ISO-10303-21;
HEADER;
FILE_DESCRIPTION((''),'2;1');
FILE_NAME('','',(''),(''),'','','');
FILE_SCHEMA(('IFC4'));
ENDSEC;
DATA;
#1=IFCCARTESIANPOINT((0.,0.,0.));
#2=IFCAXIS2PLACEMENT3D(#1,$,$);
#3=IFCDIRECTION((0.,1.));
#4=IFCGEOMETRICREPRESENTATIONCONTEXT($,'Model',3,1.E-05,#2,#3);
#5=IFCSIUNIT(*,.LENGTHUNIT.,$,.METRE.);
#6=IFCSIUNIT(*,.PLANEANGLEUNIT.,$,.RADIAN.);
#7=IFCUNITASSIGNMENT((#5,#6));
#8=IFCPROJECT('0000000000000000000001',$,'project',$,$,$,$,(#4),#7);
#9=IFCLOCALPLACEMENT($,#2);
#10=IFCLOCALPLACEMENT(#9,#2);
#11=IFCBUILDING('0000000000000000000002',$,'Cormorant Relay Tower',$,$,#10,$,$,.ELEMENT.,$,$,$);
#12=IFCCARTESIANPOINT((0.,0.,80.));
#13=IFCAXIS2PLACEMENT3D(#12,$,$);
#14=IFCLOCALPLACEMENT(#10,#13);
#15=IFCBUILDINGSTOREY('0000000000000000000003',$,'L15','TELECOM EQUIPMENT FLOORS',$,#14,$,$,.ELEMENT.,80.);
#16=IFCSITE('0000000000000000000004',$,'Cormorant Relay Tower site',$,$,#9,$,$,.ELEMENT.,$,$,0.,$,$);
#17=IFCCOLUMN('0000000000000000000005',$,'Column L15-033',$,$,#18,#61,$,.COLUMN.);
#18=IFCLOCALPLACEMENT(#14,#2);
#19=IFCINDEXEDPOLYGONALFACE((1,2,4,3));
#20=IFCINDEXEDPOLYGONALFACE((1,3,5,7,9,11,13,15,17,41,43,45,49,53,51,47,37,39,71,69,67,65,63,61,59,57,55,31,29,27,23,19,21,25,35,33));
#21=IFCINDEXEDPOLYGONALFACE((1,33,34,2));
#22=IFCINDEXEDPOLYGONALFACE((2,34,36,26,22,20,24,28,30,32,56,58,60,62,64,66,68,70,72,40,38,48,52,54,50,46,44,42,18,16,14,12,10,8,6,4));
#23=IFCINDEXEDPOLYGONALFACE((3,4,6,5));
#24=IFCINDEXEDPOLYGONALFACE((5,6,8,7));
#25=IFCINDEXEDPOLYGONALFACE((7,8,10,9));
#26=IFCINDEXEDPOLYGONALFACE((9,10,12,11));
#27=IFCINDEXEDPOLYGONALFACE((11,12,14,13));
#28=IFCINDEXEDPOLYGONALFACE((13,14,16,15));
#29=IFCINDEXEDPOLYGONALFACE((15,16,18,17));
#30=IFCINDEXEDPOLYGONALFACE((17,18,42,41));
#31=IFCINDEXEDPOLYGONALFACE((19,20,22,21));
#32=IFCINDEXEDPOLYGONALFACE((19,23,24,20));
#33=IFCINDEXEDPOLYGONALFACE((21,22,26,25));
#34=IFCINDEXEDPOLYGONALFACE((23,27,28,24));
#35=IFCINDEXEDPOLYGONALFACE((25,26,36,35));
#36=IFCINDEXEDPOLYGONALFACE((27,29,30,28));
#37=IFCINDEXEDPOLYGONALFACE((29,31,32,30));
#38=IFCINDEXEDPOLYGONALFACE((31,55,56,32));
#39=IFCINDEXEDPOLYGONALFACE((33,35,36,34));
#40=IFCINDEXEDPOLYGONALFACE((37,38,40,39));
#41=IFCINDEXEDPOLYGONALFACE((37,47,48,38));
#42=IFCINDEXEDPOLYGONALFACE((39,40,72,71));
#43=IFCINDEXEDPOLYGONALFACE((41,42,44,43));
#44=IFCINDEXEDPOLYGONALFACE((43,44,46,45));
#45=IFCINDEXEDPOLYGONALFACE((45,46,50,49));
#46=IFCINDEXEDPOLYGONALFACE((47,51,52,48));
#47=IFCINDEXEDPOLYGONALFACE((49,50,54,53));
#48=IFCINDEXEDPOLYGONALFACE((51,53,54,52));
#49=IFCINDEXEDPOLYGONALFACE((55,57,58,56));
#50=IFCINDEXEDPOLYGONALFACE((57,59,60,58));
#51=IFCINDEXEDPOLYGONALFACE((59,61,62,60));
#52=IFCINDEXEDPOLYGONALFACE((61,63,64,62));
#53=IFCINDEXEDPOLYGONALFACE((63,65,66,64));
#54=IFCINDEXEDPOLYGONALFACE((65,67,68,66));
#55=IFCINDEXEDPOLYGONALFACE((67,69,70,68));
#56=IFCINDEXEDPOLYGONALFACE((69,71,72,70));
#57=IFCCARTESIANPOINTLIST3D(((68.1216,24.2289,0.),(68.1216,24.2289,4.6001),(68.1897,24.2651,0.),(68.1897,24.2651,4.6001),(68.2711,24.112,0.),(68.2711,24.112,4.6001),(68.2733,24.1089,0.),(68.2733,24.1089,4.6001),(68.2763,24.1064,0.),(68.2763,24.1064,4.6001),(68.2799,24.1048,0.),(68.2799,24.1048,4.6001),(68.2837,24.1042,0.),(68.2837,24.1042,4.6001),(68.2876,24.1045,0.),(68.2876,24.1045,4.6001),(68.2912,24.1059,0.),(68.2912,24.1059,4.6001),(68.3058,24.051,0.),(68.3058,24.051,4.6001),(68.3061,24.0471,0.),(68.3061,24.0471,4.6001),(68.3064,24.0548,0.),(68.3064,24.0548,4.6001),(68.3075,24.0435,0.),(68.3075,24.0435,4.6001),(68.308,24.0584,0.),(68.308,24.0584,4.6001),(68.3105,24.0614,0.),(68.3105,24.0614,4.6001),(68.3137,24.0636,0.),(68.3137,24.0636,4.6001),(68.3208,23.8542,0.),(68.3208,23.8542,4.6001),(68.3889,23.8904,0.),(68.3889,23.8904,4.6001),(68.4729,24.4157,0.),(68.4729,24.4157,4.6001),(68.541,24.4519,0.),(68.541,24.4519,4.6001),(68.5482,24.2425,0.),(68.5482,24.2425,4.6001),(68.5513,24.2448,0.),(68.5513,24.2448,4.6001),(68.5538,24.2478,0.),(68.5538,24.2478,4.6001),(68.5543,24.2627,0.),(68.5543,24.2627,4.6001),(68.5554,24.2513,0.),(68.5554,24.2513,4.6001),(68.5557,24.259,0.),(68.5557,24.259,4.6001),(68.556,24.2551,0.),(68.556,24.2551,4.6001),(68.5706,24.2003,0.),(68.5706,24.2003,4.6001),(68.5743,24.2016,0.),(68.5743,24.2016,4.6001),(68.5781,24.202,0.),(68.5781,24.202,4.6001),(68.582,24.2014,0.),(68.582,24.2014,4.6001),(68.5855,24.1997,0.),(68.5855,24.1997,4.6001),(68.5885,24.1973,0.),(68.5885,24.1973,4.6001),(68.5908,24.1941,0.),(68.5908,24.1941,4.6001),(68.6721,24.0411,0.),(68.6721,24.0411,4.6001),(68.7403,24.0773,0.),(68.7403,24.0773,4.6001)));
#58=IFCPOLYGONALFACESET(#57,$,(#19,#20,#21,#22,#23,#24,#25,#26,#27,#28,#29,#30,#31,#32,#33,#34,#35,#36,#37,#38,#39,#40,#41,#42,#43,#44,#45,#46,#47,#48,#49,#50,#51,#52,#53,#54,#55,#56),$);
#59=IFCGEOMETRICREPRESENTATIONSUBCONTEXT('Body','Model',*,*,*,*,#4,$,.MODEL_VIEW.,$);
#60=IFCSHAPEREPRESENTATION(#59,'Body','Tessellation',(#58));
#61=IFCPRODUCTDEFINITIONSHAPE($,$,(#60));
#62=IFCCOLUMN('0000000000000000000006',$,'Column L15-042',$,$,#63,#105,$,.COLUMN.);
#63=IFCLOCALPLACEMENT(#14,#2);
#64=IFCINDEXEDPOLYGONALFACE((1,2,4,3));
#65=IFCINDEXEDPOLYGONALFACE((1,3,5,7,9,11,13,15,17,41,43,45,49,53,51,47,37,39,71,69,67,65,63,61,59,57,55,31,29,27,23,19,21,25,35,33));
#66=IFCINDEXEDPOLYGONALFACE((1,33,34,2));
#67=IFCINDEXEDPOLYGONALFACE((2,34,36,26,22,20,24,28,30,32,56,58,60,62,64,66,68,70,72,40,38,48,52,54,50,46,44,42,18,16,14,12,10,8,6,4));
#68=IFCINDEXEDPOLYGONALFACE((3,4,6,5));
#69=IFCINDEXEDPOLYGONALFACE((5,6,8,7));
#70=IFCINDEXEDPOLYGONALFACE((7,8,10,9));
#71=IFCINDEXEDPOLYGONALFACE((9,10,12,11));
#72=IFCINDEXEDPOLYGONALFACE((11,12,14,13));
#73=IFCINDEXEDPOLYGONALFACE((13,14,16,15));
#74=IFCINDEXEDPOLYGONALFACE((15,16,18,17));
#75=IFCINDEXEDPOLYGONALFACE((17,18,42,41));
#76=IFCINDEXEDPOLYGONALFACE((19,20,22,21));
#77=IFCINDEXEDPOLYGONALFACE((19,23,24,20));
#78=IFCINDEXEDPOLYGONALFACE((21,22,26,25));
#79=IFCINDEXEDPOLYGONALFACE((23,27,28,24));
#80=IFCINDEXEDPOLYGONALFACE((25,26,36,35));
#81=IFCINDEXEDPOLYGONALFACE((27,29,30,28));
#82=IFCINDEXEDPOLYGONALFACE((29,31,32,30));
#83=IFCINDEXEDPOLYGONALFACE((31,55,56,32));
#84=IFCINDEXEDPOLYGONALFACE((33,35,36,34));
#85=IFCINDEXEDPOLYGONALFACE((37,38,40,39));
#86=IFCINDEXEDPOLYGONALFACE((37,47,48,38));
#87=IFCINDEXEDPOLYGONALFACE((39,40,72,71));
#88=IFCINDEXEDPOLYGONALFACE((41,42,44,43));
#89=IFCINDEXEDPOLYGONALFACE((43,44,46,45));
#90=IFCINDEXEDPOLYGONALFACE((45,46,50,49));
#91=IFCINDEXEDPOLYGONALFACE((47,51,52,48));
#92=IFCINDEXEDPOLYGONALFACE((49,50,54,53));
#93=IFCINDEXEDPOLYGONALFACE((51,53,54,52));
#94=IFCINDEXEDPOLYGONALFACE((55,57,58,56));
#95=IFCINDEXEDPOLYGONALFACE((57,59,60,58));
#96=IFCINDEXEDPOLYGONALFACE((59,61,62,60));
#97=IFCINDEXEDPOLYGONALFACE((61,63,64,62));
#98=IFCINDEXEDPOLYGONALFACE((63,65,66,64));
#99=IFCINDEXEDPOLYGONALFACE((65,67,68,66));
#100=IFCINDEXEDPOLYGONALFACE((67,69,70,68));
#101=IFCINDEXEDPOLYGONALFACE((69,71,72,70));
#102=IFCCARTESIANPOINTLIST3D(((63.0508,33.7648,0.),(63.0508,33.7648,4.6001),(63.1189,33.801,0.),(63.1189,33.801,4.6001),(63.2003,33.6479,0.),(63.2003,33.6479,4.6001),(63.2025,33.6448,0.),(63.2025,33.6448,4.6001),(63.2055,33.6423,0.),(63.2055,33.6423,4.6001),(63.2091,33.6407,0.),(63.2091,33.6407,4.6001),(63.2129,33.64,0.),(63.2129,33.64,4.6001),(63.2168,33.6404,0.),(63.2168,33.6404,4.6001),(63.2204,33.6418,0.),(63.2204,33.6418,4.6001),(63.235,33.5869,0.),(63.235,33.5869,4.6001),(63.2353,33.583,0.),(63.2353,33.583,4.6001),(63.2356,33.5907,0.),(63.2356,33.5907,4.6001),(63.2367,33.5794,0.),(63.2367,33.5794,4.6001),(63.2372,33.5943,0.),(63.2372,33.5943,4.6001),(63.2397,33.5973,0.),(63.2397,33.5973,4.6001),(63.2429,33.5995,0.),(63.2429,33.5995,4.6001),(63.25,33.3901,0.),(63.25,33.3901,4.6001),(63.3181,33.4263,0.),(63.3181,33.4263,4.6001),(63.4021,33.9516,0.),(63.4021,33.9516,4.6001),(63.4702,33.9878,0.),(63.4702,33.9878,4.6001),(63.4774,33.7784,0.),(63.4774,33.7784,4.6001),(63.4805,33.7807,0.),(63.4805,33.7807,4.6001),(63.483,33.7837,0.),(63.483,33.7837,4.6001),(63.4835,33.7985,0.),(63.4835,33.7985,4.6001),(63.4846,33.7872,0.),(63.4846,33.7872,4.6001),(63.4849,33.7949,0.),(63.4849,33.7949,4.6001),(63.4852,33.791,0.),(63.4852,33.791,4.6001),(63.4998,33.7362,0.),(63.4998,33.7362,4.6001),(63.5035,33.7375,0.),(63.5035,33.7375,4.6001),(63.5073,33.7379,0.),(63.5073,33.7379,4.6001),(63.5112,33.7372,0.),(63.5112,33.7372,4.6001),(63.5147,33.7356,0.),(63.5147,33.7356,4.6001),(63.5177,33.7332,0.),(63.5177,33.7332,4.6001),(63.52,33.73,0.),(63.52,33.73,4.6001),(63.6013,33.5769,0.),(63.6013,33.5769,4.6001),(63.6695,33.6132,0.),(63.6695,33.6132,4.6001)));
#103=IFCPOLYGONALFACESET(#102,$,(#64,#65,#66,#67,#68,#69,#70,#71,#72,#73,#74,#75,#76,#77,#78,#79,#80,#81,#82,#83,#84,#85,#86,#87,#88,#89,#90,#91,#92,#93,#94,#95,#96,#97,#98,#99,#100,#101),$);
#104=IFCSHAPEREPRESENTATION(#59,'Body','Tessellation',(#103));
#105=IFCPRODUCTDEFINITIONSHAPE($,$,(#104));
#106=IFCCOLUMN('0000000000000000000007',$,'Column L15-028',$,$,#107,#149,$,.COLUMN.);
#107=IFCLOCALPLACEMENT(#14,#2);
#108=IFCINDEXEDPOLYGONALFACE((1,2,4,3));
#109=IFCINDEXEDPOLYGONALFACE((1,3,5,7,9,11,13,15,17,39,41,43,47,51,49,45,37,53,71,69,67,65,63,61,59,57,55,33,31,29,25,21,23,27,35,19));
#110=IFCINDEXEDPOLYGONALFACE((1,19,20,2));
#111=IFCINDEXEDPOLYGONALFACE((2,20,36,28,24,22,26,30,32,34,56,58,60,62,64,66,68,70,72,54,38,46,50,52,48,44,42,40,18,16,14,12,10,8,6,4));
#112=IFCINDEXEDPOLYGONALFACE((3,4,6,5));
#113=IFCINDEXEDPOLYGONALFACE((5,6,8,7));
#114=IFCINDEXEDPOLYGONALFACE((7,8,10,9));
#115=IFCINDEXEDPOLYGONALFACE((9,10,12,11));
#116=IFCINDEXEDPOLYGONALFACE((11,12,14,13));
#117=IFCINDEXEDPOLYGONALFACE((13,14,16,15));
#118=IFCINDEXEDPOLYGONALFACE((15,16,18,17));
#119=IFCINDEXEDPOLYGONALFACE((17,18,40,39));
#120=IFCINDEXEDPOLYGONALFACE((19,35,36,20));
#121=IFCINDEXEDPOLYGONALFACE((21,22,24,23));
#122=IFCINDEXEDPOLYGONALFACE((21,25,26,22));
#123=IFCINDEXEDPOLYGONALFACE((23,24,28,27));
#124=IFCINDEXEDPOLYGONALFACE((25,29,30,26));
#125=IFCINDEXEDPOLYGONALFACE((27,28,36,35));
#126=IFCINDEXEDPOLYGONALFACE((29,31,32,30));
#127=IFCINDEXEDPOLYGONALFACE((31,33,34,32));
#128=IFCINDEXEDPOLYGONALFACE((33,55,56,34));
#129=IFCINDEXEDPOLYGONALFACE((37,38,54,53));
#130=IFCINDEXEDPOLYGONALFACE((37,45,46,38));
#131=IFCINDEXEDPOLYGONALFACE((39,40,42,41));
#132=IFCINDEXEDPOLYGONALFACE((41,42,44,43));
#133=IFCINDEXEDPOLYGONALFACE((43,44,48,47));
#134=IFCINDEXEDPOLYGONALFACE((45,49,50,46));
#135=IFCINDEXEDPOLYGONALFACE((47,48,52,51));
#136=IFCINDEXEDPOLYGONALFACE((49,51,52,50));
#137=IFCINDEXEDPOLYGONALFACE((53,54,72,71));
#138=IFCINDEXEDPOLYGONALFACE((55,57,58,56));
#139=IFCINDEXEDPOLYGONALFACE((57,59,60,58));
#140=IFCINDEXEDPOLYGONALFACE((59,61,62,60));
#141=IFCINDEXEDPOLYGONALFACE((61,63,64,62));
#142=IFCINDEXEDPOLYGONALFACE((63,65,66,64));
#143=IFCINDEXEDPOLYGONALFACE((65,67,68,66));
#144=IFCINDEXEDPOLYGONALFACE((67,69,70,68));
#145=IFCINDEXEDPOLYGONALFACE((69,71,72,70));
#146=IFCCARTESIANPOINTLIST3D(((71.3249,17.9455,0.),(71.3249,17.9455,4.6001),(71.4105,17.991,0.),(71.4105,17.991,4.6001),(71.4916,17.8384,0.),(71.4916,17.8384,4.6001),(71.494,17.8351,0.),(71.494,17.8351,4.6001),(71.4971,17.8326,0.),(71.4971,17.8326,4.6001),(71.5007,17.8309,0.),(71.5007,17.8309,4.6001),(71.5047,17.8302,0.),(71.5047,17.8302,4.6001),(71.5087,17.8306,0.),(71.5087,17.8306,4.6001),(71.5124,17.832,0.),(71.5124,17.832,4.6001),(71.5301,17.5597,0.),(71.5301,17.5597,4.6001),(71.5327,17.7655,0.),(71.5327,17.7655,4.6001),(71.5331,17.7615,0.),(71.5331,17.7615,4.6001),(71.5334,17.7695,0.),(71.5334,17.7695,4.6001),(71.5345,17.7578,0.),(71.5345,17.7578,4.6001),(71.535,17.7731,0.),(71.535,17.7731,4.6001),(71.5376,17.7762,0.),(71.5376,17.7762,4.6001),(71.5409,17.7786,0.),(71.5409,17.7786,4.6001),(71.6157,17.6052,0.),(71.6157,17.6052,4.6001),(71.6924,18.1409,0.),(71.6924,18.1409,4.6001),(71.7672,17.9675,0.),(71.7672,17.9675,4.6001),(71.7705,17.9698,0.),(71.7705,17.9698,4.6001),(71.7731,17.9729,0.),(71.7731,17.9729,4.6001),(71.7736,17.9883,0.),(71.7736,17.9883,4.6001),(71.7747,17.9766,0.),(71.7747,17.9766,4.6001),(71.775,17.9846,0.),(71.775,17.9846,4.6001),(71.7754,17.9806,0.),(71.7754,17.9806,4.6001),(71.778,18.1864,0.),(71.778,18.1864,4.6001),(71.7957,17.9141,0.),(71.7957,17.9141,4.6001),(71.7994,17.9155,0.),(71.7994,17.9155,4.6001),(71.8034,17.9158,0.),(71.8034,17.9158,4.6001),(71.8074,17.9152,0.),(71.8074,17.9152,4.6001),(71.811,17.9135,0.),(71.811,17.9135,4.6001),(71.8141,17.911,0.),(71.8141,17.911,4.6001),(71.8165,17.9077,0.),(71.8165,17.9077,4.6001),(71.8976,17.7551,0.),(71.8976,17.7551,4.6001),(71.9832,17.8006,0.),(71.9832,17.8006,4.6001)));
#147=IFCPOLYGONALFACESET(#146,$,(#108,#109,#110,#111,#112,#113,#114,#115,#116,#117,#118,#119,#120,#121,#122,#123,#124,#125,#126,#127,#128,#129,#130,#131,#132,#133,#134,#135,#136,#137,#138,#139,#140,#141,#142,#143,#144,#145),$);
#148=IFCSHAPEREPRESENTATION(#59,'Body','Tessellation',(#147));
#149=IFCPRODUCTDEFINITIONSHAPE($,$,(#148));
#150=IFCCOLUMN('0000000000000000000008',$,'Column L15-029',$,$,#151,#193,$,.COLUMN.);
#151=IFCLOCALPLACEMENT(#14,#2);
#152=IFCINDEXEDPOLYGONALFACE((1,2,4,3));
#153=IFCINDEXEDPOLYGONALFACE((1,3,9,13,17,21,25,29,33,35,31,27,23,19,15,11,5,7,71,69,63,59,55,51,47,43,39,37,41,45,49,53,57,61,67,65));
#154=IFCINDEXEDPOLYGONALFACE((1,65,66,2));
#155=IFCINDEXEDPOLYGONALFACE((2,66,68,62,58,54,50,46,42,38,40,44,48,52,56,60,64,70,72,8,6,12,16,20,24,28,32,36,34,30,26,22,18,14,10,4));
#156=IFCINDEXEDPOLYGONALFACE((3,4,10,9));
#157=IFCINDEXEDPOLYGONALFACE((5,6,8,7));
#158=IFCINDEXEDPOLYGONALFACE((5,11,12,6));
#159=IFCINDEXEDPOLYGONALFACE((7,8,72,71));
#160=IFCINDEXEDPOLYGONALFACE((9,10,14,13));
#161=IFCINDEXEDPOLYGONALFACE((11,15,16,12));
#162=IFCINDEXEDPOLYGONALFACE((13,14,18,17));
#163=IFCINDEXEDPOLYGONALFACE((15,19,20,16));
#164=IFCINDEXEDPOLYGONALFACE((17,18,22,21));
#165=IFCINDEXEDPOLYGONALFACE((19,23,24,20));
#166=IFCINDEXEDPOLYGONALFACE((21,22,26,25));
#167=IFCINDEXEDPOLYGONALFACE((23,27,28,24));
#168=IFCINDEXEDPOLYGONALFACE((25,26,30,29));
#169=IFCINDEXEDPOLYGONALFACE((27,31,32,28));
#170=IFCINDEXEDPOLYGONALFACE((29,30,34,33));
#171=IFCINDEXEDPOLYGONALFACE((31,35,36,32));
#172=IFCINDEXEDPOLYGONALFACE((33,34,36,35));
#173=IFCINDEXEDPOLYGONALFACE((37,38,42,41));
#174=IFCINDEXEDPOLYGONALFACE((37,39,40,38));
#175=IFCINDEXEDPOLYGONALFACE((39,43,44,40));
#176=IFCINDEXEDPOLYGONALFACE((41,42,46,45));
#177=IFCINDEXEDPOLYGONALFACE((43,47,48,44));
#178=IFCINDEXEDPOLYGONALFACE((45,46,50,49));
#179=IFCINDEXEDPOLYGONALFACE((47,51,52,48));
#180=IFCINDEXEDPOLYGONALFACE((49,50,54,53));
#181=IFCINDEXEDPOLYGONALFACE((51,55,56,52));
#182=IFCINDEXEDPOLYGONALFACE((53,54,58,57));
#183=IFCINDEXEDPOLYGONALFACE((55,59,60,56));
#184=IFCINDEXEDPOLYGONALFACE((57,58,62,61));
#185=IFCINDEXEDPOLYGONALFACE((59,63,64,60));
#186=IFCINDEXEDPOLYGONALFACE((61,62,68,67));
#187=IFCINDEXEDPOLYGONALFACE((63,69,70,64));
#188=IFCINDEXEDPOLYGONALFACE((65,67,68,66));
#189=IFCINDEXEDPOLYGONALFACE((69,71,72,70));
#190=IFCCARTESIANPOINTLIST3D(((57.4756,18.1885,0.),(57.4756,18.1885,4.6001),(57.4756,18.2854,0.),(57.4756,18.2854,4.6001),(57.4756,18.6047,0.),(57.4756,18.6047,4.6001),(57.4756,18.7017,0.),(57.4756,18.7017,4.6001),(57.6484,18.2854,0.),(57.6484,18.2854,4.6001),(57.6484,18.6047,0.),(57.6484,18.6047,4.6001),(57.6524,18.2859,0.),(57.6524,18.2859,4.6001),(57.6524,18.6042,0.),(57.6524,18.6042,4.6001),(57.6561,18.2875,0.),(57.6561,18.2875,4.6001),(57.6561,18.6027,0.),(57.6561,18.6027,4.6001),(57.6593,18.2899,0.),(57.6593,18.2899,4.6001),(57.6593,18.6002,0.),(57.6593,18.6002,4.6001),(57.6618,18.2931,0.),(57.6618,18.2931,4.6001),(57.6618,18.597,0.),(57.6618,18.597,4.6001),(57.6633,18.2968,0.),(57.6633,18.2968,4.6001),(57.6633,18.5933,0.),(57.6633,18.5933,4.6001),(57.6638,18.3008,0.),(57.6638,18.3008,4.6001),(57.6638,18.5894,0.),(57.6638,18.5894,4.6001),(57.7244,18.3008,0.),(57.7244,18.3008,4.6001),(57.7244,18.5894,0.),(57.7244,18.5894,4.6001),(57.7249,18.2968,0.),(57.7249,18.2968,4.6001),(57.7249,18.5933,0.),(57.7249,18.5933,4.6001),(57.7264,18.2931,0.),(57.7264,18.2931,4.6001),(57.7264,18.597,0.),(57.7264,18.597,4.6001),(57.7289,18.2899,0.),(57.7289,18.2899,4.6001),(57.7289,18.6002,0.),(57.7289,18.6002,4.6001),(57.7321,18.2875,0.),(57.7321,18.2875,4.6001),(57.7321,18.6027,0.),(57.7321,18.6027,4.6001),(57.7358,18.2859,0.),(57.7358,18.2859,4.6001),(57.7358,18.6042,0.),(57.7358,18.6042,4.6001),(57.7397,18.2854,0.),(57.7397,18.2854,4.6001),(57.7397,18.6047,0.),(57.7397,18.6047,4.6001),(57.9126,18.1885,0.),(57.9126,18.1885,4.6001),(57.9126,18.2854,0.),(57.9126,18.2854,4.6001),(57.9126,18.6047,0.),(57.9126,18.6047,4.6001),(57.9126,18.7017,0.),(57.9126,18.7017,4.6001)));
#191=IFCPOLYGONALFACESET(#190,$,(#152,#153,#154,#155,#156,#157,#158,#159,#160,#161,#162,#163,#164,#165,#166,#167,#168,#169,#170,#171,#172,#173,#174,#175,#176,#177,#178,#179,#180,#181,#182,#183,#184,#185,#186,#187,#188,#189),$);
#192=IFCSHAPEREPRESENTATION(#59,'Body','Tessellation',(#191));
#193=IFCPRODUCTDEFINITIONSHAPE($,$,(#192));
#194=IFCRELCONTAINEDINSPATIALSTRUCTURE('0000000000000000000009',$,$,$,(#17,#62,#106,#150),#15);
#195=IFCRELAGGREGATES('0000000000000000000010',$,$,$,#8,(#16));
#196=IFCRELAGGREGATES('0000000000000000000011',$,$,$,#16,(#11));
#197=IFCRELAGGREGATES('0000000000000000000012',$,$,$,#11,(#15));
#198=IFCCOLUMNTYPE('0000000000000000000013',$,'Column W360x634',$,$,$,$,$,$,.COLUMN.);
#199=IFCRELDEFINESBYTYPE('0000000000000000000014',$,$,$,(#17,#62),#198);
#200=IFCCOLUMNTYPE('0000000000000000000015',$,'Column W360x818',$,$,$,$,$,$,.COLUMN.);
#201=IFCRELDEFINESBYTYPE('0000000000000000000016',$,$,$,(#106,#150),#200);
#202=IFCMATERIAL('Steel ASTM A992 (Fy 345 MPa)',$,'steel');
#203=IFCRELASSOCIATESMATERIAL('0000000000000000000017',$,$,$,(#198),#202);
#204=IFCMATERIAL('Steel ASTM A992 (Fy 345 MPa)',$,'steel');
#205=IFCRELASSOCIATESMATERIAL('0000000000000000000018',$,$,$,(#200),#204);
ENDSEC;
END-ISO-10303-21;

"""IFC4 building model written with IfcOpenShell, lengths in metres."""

from ifc_helpers import new_model, si_unit, direction, frame, origin, origin_2d, place, context, subcontext, project, spatial, i_section, extrude, material, material_profile, profile_set, type_object, element, save


model = new_model("IFC4")

# Units and contexts
model_context = context("Model", 3, precision=1e-05, world=origin(), true_north=direction((0.0, 1.0)))
body_context = subcontext(model_context, "Body", "Model", "MODEL_VIEW")
ifc_project = project(units=[si_unit("LENGTHUNIT", "METRE"), si_unit("PLANEANGLEUNIT", "RADIAN")], contexts=[model_context])

# Site, building, storey
site_placement = place(None, origin())
site = spatial("IfcSite", under=ifc_project, at=site_placement, Name="Cormorant Relay Tower site", CompositionType="ELEMENT", RefElevation=0.0)
building_placement = place(site_placement, origin())
building = spatial("IfcBuilding", under=site, at=building_placement, Name="Cormorant Relay Tower", CompositionType="ELEMENT")
storey_placement = place(building_placement, frame((0.0, 0.0, 80.0)))
storey = spatial("IfcBuildingStorey", under=building, at=storey_placement, Name="L15", Description="TELECOM EQUIPMENT FLOORS", CompositionType="ELEMENT", Elevation=80.0)

# Columns
ifc_material_1 = material(Name="Steel ASTM A992 (Fy 345 MPa)", Category="steel")
ifc_material_profile_1 = material_profile(ifc_material_1, i_section(OverallWidth=0.4243, OverallDepth=0.4751, WebThickness=0.0479, FlangeThickness=0.0771, FilletRadius=0.0149, at=origin_2d()), Name="W360x634")
ifc_profile_set_1 = profile_set([ifc_material_profile_1], Name="Steel ASTM A992 (Fy 345 MPa)")
column_type_1 = type_object("IfcColumnType", Name="Column W360x634", PredefinedType="COLUMN", material=ifc_profile_set_1)
for number, where, z_axis, x_axis, name in (
    (1, (68.4309, 24.1531, 0.0), (0.0, 0.0, 1.0), (-0.469472, 0.882948, 0.0), "Column L15-033"),
    (2, (63.3601, 33.689, 0.0), (0.0, 0.0, 1.0), (-0.469472, 0.882948, 0.0), "Column L15-042"),
):
    element("IfcColumn", number, at=place(storey_placement, frame(where, z_axis=z_axis, x_axis=x_axis)), inside=storey, type_object=column_type_1, Name=name, PredefinedType="COLUMN", context=body_context, shape_type="SweptSolid", body=[
        extrude(i_section(OverallWidth=0.4243, OverallDepth=0.4751, WebThickness=0.0479, FlangeThickness=0.0771, FilletRadius=0.0149, at=origin_2d()), origin(), (0.0, 0.0, 1.0), 4.6001),
    ])
ifc_material_2 = material(Name="Steel ASTM A992 (Fy 345 MPa)", Category="steel")
ifc_material_profile_2 = material_profile(ifc_material_2, i_section(OverallWidth=0.437, OverallDepth=0.5132, WebThickness=0.0605, FlangeThickness=0.0969, FilletRadius=0.0154, at=origin_2d()), Name="W360x818")
ifc_profile_set_2 = profile_set([ifc_material_profile_2], Name="Steel ASTM A992 (Fy 345 MPa)")
column_type_2 = type_object("IfcColumnType", Name="Column W360x818", PredefinedType="COLUMN", material=ifc_profile_set_2)
for number, where, z_axis, x_axis, name in (
    (3, (71.6541, 17.873, 0.0), (0.0, 0.0, 1.0), (-0.469472, 0.882948, 0.0), "Column L15-028"),
    (4, (57.6941, 18.4451, 0.0), (0.0, 0.0, 1.0), (1.0, 0.0, 0.0), "Column L15-029"),
):
    element("IfcColumn", number, at=place(storey_placement, frame(where, z_axis=z_axis, x_axis=x_axis)), inside=storey, type_object=column_type_2, Name=name, PredefinedType="COLUMN", context=body_context, shape_type="SweptSolid", body=[
        extrude(i_section(OverallWidth=0.437, OverallDepth=0.5132, WebThickness=0.0605, FlangeThickness=0.0969, FilletRadius=0.0154, at=origin_2d()), origin(), (0.0, 0.0, 1.0), 4.6001),
    ])

save(model, "model.ifc")
